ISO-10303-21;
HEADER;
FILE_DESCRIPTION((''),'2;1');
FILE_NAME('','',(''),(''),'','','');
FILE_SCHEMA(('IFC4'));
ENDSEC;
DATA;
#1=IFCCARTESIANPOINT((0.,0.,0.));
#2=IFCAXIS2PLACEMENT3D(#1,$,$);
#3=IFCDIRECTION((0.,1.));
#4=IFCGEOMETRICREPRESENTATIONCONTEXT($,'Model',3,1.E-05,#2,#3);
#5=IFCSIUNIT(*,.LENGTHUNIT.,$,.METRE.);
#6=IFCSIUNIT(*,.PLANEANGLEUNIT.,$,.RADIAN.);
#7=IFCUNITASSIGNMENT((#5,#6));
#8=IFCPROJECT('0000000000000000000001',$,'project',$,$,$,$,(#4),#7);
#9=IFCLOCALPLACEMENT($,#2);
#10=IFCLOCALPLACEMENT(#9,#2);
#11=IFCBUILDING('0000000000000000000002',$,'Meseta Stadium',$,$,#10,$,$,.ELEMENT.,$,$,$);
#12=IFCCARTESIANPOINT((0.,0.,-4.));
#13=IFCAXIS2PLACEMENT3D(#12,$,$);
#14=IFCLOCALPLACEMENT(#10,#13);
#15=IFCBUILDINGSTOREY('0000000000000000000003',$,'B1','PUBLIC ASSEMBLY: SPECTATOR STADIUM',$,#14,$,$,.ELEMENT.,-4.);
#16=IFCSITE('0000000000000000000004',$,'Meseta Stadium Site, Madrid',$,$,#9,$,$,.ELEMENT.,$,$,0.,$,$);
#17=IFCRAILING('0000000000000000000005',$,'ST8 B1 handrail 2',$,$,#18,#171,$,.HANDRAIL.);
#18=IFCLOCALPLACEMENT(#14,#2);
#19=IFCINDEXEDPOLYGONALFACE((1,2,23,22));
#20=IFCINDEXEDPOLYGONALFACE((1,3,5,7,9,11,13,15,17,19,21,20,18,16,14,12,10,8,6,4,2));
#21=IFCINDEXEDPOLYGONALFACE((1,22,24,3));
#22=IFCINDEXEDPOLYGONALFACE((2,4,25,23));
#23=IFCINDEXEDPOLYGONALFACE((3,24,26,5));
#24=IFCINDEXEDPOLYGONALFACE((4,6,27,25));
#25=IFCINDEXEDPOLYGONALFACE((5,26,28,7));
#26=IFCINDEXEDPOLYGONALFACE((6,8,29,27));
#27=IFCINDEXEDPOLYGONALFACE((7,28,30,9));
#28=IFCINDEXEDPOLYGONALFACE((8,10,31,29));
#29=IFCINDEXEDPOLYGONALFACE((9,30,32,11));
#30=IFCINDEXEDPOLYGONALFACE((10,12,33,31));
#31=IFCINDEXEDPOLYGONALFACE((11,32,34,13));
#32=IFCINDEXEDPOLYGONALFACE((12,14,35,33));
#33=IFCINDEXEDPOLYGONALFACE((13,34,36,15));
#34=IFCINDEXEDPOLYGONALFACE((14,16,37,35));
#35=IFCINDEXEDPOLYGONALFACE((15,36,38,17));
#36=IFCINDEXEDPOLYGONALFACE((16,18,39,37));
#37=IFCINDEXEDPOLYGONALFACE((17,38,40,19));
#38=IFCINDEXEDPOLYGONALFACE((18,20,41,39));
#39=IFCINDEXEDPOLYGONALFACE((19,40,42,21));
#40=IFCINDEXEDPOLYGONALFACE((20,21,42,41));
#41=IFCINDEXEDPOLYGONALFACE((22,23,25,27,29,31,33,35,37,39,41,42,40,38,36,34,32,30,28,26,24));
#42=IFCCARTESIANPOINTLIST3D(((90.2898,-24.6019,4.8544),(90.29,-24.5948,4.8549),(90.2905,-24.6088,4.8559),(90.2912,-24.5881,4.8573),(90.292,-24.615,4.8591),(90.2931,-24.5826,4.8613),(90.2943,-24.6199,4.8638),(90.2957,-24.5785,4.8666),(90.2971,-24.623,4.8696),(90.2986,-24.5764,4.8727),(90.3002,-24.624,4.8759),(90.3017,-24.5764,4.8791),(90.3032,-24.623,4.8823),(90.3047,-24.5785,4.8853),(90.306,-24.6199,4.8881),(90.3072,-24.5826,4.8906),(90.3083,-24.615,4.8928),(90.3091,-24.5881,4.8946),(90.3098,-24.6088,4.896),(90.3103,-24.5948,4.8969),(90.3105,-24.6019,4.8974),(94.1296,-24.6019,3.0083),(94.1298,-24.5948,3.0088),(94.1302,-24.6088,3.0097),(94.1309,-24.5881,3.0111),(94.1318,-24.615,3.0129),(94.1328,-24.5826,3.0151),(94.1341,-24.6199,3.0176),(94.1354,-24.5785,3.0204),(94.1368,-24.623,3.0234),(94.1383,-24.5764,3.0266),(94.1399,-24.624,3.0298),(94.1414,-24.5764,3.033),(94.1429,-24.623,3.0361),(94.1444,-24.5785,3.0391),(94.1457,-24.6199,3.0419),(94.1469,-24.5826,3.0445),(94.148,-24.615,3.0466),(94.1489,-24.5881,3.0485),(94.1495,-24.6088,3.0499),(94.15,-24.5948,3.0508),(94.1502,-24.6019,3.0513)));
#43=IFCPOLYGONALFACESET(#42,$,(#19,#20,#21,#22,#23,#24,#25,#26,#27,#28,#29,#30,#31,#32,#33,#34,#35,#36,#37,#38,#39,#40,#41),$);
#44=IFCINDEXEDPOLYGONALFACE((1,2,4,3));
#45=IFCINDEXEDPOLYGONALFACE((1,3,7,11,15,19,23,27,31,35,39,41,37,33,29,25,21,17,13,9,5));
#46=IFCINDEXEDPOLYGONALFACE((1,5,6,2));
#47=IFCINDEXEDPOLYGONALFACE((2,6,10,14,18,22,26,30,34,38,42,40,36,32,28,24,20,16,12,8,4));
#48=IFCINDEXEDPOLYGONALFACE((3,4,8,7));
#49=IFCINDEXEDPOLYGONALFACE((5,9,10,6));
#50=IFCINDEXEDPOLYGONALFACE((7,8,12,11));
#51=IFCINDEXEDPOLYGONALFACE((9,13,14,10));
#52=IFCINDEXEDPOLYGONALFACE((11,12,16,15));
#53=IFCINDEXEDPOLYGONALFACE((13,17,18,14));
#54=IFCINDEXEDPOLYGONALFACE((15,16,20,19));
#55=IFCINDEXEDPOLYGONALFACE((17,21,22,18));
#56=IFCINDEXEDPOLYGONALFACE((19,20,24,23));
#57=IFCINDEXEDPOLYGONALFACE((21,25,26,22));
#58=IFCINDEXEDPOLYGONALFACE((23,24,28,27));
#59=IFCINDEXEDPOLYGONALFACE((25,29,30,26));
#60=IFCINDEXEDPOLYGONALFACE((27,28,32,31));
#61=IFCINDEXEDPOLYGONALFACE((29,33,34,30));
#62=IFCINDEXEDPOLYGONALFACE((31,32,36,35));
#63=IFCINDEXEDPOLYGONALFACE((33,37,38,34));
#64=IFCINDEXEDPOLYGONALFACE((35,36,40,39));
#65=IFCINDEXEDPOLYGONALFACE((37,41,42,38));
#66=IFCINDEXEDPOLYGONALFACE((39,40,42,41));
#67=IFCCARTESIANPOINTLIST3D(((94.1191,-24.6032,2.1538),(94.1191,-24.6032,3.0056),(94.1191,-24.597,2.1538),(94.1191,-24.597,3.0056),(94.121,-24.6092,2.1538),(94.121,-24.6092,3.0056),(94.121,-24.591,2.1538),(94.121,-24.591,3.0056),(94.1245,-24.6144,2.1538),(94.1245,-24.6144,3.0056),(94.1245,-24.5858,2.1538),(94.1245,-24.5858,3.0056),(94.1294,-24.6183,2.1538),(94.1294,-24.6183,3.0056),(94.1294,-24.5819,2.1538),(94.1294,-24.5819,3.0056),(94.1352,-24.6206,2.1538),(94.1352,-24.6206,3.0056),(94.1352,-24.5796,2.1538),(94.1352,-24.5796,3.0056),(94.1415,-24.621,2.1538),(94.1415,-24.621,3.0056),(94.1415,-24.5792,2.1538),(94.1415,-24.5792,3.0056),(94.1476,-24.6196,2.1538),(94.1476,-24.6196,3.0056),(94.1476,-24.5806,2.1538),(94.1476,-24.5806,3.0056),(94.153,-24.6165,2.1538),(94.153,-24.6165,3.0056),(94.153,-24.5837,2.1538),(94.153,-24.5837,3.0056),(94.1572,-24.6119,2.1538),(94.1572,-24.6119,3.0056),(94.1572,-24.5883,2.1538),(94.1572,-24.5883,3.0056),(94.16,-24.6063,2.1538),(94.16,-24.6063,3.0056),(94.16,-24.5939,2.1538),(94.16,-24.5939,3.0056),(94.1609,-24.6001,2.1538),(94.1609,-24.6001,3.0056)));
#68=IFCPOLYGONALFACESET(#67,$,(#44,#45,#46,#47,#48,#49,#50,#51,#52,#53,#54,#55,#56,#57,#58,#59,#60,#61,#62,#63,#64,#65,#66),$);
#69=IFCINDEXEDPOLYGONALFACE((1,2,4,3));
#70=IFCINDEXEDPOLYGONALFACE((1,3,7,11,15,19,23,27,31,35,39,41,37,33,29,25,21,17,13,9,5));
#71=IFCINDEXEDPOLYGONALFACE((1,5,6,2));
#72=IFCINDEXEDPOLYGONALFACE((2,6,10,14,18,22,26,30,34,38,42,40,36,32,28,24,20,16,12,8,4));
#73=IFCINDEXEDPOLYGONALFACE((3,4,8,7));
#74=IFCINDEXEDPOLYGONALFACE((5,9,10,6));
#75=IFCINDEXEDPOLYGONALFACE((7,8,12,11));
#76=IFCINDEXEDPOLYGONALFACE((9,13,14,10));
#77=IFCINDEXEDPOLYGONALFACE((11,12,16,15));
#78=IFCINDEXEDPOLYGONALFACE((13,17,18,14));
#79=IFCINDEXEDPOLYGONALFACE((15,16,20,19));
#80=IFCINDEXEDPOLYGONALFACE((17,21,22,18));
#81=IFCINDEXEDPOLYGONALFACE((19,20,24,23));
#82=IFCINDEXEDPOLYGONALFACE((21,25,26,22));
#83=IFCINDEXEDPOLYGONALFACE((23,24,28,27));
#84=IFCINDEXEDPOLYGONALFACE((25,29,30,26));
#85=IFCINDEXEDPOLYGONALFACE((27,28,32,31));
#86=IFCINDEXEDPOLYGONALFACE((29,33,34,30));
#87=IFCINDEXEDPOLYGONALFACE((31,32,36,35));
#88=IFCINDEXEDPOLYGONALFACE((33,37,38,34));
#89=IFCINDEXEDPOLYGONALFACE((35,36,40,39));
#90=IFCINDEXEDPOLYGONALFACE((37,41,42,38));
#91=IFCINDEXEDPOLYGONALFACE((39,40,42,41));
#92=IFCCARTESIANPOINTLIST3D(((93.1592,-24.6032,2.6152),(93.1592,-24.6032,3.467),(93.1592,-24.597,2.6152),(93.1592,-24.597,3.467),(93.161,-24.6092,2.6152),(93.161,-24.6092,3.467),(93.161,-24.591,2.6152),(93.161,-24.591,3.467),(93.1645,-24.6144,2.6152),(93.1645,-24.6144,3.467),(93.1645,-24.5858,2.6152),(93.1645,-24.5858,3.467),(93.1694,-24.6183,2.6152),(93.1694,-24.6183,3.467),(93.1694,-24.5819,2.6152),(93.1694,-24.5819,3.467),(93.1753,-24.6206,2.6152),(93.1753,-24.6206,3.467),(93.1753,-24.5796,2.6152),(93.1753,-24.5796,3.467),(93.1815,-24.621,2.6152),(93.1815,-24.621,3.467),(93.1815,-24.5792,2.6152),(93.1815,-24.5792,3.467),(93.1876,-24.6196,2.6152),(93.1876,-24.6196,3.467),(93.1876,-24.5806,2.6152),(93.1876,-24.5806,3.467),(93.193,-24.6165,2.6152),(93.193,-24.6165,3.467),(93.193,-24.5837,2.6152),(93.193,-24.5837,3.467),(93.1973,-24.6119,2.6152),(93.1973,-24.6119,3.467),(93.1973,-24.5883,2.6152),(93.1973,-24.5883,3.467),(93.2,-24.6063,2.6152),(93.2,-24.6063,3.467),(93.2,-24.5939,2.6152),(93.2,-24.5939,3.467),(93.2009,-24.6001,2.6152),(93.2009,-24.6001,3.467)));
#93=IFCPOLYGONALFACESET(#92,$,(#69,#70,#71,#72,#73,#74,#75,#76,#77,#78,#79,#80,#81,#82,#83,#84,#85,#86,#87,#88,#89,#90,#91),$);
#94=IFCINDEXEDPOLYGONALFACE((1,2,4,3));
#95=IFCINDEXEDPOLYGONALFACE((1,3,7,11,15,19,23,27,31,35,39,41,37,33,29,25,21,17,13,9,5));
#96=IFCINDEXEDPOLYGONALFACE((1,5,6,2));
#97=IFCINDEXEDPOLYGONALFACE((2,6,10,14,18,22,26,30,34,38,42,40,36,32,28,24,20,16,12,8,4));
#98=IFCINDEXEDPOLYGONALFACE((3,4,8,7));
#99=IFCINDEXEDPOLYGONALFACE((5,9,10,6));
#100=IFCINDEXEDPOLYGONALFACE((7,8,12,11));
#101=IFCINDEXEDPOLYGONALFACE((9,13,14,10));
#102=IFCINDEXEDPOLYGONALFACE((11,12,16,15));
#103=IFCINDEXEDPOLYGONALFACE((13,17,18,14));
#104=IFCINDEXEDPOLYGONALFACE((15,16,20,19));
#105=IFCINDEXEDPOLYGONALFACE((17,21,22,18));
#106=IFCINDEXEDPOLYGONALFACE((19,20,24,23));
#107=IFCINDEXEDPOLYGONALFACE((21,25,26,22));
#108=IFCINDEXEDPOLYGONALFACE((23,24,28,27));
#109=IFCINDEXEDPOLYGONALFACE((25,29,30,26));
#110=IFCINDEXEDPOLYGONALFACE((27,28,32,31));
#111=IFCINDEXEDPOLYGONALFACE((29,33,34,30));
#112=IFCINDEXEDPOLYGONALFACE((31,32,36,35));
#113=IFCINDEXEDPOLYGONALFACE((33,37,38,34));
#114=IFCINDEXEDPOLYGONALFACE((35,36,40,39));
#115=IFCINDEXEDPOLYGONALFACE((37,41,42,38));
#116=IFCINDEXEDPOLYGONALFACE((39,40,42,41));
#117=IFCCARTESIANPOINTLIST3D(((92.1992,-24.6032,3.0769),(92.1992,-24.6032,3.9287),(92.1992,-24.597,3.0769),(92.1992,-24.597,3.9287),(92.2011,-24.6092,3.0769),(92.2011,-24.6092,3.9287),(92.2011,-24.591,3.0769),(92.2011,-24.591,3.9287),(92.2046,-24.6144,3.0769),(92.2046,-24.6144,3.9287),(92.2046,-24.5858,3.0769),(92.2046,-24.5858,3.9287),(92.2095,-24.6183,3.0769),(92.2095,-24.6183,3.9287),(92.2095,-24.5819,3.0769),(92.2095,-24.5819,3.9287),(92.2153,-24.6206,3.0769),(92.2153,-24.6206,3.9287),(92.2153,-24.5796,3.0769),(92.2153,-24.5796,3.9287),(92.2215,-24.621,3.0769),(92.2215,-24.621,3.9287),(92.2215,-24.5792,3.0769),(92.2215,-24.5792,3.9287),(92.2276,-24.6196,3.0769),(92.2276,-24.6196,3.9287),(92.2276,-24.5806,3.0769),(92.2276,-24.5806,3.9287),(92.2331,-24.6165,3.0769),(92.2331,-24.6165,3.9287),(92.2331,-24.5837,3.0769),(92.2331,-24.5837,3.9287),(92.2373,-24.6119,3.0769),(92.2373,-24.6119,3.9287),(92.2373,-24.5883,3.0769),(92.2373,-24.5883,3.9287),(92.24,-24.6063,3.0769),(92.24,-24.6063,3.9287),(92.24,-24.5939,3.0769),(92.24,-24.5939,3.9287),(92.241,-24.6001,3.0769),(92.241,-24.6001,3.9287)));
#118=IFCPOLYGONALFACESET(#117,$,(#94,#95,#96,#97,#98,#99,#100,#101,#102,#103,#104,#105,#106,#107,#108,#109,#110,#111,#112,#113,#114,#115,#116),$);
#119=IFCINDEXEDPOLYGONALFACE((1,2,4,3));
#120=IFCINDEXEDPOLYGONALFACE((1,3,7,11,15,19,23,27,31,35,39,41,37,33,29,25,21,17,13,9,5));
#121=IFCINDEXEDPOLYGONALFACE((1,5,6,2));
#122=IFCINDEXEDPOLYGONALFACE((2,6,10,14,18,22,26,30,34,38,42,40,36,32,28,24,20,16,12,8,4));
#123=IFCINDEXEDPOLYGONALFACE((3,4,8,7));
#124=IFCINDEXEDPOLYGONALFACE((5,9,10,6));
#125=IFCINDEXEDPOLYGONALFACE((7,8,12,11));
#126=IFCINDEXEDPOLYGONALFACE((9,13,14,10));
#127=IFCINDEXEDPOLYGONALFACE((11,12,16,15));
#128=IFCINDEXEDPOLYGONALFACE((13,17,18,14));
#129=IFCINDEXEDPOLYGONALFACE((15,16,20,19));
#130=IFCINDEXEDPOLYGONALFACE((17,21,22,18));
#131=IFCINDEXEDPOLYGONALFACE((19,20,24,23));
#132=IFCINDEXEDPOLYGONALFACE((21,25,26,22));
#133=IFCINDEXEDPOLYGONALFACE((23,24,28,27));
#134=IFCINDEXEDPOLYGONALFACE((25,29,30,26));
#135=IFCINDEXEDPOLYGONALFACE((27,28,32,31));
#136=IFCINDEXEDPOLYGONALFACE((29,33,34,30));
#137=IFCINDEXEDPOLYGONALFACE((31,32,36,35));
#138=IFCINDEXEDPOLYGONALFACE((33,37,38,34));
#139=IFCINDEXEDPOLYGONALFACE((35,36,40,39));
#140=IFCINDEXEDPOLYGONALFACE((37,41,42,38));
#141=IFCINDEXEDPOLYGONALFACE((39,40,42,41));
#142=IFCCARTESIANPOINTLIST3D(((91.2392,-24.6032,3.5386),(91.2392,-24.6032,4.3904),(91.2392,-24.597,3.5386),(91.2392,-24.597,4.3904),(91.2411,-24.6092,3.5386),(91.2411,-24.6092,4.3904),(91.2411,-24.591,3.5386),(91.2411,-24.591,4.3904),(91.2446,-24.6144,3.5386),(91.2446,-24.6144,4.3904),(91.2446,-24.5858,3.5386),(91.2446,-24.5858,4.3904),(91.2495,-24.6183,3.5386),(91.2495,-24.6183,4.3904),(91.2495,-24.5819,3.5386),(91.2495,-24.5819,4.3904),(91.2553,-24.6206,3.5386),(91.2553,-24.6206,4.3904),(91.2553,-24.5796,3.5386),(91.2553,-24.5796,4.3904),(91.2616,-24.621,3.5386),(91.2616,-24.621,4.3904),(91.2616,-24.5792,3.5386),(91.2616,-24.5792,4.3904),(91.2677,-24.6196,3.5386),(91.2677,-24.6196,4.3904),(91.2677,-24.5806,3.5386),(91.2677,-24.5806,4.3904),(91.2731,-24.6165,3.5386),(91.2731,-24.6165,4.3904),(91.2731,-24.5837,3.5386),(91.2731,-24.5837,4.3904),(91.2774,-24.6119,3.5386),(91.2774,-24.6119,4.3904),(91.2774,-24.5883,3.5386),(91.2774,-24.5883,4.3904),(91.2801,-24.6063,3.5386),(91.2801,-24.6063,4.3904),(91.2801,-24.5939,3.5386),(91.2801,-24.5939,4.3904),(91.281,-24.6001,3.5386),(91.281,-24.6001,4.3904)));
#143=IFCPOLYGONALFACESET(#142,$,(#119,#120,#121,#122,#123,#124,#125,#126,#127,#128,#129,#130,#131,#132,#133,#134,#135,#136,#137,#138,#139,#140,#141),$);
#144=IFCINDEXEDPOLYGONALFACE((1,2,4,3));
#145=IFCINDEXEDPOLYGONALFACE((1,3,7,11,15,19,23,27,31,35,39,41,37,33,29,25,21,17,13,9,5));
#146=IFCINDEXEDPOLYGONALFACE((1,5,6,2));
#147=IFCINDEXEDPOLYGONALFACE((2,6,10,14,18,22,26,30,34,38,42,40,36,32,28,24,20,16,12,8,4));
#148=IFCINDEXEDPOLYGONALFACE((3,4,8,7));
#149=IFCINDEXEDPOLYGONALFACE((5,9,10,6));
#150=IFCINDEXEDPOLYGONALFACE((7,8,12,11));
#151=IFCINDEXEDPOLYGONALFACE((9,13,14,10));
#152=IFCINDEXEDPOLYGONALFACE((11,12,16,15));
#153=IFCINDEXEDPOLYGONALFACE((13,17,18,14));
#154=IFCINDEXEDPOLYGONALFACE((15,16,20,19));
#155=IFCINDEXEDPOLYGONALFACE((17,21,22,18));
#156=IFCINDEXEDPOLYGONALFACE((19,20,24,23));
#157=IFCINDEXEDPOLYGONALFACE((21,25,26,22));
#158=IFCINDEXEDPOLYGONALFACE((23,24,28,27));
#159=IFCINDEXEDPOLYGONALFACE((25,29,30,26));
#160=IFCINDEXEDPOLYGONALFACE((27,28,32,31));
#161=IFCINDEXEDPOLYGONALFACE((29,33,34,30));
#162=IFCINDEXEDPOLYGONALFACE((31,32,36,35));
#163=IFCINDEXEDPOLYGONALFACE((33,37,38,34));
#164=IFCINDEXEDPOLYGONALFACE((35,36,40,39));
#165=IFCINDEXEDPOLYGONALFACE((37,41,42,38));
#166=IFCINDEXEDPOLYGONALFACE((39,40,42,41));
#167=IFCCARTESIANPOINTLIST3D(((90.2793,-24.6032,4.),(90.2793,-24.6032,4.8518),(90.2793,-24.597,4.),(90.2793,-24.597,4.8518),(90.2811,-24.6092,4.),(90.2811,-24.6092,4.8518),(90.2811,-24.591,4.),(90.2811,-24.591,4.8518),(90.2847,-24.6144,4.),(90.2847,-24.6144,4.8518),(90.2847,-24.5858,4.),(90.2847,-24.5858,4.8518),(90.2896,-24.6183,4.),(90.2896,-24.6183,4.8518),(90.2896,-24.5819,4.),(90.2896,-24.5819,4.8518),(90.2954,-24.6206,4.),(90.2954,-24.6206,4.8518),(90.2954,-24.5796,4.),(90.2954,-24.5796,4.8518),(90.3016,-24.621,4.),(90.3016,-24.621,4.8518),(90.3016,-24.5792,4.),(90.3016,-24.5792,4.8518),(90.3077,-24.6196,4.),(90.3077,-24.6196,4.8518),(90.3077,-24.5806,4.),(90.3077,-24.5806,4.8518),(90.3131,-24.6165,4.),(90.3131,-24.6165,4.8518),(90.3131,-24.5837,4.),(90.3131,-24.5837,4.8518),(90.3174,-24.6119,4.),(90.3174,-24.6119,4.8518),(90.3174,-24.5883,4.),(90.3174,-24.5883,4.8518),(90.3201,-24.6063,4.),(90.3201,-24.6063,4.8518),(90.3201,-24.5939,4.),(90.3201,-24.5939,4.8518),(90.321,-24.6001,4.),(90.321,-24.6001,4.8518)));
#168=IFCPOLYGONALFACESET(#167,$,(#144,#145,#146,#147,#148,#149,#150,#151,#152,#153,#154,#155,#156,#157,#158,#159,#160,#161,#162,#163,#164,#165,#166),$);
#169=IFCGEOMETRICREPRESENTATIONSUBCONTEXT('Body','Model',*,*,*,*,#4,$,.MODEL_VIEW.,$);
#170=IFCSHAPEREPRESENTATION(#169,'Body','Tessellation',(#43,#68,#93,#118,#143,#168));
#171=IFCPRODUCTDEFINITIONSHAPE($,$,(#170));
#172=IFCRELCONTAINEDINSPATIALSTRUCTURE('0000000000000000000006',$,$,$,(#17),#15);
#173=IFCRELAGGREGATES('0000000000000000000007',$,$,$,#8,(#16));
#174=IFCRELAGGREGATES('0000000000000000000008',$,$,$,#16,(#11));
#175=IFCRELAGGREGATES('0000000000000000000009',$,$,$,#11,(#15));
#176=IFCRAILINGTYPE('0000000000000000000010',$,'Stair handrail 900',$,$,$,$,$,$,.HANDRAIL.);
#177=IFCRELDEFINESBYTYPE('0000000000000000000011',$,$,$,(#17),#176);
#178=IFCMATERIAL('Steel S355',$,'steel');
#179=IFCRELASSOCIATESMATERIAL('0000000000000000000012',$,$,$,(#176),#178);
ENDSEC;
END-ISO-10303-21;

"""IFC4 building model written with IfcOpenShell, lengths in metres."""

from ifc_helpers import new_model, si_unit, direction, frame, origin, origin_2d, place, context, subcontext, project, spatial, circle, extrude, material, type_object, element, save


model = new_model("IFC4")

# Units and contexts
model_context = context("Model", 3, precision=1e-05, world=origin(), true_north=direction((0.0, 1.0)))
body_context = subcontext(model_context, "Body", "Model", "MODEL_VIEW")
ifc_project = project(units=[si_unit("LENGTHUNIT", "METRE"), si_unit("PLANEANGLEUNIT", "RADIAN")], contexts=[model_context])

# Site, building, storey
site_placement = place(None, origin())
site = spatial("IfcSite", under=ifc_project, at=site_placement, Name="Meseta Stadium Site, Madrid", CompositionType="ELEMENT", RefElevation=0.0)
building_placement = place(site_placement, origin())
building = spatial("IfcBuilding", under=site, at=building_placement, Name="Meseta Stadium", CompositionType="ELEMENT")
storey_placement = place(building_placement, frame((0.0, 0.0, -4.0)))
storey = spatial("IfcBuildingStorey", under=building, at=storey_placement, Name="B1", Description="PUBLIC ASSEMBLY: SPECTATOR STADIUM", CompositionType="ELEMENT", Elevation=-4.0)

# Railing
ifc_material_1 = material(Name="Steel S355", Category="steel")
railing_type_1 = type_object("IfcRailingType", Name="Stair handrail 900", PredefinedType="HANDRAIL", material=ifc_material_1)
for number, where, name in (
    (1, (94.1399, -24.6001, 2.1538), "ST8 B1 handrail 2"),
):
    element("IfcRailing", number, at=place(storey_placement, frame(where)), inside=storey, type_object=railing_type_1, Name=name, PredefinedType="HANDRAIL", context=body_context, shape_type="SweptSolid", body=[
        extrude(circle(Radius=0.0239, at=origin_2d()), frame((0.0, 0.0, 0.876), z_axis=(-0.901242, 0.0, 0.433316), x_axis=(0.0, -1.0, 0.0)), (0.0, 0.0, 1.0), 4.2605),
        extrude(circle(Radius=0.021, at=origin_2d()), origin(), (0.0, 0.0, 1.0), 0.8518),
        extrude(circle(Radius=0.021, at=origin_2d()), frame((-0.96, 0.0, 0.4614)), (0.0, 0.0, 1.0), 0.8518),
        extrude(circle(Radius=0.021, at=origin_2d()), frame((-1.9199, 0.0, 0.9231)), (0.0, 0.0, 1.0), 0.8518),
        extrude(circle(Radius=0.021, at=origin_2d()), frame((-2.8799, 0.0, 1.3848)), (0.0, 0.0, 1.0), 0.8518),
        extrude(circle(Radius=0.021, at=origin_2d()), frame((-3.8398, 0.0, 1.8462)), (0.0, 0.0, 1.0), 0.8518),
    ])

save(model, "model.ifc")
